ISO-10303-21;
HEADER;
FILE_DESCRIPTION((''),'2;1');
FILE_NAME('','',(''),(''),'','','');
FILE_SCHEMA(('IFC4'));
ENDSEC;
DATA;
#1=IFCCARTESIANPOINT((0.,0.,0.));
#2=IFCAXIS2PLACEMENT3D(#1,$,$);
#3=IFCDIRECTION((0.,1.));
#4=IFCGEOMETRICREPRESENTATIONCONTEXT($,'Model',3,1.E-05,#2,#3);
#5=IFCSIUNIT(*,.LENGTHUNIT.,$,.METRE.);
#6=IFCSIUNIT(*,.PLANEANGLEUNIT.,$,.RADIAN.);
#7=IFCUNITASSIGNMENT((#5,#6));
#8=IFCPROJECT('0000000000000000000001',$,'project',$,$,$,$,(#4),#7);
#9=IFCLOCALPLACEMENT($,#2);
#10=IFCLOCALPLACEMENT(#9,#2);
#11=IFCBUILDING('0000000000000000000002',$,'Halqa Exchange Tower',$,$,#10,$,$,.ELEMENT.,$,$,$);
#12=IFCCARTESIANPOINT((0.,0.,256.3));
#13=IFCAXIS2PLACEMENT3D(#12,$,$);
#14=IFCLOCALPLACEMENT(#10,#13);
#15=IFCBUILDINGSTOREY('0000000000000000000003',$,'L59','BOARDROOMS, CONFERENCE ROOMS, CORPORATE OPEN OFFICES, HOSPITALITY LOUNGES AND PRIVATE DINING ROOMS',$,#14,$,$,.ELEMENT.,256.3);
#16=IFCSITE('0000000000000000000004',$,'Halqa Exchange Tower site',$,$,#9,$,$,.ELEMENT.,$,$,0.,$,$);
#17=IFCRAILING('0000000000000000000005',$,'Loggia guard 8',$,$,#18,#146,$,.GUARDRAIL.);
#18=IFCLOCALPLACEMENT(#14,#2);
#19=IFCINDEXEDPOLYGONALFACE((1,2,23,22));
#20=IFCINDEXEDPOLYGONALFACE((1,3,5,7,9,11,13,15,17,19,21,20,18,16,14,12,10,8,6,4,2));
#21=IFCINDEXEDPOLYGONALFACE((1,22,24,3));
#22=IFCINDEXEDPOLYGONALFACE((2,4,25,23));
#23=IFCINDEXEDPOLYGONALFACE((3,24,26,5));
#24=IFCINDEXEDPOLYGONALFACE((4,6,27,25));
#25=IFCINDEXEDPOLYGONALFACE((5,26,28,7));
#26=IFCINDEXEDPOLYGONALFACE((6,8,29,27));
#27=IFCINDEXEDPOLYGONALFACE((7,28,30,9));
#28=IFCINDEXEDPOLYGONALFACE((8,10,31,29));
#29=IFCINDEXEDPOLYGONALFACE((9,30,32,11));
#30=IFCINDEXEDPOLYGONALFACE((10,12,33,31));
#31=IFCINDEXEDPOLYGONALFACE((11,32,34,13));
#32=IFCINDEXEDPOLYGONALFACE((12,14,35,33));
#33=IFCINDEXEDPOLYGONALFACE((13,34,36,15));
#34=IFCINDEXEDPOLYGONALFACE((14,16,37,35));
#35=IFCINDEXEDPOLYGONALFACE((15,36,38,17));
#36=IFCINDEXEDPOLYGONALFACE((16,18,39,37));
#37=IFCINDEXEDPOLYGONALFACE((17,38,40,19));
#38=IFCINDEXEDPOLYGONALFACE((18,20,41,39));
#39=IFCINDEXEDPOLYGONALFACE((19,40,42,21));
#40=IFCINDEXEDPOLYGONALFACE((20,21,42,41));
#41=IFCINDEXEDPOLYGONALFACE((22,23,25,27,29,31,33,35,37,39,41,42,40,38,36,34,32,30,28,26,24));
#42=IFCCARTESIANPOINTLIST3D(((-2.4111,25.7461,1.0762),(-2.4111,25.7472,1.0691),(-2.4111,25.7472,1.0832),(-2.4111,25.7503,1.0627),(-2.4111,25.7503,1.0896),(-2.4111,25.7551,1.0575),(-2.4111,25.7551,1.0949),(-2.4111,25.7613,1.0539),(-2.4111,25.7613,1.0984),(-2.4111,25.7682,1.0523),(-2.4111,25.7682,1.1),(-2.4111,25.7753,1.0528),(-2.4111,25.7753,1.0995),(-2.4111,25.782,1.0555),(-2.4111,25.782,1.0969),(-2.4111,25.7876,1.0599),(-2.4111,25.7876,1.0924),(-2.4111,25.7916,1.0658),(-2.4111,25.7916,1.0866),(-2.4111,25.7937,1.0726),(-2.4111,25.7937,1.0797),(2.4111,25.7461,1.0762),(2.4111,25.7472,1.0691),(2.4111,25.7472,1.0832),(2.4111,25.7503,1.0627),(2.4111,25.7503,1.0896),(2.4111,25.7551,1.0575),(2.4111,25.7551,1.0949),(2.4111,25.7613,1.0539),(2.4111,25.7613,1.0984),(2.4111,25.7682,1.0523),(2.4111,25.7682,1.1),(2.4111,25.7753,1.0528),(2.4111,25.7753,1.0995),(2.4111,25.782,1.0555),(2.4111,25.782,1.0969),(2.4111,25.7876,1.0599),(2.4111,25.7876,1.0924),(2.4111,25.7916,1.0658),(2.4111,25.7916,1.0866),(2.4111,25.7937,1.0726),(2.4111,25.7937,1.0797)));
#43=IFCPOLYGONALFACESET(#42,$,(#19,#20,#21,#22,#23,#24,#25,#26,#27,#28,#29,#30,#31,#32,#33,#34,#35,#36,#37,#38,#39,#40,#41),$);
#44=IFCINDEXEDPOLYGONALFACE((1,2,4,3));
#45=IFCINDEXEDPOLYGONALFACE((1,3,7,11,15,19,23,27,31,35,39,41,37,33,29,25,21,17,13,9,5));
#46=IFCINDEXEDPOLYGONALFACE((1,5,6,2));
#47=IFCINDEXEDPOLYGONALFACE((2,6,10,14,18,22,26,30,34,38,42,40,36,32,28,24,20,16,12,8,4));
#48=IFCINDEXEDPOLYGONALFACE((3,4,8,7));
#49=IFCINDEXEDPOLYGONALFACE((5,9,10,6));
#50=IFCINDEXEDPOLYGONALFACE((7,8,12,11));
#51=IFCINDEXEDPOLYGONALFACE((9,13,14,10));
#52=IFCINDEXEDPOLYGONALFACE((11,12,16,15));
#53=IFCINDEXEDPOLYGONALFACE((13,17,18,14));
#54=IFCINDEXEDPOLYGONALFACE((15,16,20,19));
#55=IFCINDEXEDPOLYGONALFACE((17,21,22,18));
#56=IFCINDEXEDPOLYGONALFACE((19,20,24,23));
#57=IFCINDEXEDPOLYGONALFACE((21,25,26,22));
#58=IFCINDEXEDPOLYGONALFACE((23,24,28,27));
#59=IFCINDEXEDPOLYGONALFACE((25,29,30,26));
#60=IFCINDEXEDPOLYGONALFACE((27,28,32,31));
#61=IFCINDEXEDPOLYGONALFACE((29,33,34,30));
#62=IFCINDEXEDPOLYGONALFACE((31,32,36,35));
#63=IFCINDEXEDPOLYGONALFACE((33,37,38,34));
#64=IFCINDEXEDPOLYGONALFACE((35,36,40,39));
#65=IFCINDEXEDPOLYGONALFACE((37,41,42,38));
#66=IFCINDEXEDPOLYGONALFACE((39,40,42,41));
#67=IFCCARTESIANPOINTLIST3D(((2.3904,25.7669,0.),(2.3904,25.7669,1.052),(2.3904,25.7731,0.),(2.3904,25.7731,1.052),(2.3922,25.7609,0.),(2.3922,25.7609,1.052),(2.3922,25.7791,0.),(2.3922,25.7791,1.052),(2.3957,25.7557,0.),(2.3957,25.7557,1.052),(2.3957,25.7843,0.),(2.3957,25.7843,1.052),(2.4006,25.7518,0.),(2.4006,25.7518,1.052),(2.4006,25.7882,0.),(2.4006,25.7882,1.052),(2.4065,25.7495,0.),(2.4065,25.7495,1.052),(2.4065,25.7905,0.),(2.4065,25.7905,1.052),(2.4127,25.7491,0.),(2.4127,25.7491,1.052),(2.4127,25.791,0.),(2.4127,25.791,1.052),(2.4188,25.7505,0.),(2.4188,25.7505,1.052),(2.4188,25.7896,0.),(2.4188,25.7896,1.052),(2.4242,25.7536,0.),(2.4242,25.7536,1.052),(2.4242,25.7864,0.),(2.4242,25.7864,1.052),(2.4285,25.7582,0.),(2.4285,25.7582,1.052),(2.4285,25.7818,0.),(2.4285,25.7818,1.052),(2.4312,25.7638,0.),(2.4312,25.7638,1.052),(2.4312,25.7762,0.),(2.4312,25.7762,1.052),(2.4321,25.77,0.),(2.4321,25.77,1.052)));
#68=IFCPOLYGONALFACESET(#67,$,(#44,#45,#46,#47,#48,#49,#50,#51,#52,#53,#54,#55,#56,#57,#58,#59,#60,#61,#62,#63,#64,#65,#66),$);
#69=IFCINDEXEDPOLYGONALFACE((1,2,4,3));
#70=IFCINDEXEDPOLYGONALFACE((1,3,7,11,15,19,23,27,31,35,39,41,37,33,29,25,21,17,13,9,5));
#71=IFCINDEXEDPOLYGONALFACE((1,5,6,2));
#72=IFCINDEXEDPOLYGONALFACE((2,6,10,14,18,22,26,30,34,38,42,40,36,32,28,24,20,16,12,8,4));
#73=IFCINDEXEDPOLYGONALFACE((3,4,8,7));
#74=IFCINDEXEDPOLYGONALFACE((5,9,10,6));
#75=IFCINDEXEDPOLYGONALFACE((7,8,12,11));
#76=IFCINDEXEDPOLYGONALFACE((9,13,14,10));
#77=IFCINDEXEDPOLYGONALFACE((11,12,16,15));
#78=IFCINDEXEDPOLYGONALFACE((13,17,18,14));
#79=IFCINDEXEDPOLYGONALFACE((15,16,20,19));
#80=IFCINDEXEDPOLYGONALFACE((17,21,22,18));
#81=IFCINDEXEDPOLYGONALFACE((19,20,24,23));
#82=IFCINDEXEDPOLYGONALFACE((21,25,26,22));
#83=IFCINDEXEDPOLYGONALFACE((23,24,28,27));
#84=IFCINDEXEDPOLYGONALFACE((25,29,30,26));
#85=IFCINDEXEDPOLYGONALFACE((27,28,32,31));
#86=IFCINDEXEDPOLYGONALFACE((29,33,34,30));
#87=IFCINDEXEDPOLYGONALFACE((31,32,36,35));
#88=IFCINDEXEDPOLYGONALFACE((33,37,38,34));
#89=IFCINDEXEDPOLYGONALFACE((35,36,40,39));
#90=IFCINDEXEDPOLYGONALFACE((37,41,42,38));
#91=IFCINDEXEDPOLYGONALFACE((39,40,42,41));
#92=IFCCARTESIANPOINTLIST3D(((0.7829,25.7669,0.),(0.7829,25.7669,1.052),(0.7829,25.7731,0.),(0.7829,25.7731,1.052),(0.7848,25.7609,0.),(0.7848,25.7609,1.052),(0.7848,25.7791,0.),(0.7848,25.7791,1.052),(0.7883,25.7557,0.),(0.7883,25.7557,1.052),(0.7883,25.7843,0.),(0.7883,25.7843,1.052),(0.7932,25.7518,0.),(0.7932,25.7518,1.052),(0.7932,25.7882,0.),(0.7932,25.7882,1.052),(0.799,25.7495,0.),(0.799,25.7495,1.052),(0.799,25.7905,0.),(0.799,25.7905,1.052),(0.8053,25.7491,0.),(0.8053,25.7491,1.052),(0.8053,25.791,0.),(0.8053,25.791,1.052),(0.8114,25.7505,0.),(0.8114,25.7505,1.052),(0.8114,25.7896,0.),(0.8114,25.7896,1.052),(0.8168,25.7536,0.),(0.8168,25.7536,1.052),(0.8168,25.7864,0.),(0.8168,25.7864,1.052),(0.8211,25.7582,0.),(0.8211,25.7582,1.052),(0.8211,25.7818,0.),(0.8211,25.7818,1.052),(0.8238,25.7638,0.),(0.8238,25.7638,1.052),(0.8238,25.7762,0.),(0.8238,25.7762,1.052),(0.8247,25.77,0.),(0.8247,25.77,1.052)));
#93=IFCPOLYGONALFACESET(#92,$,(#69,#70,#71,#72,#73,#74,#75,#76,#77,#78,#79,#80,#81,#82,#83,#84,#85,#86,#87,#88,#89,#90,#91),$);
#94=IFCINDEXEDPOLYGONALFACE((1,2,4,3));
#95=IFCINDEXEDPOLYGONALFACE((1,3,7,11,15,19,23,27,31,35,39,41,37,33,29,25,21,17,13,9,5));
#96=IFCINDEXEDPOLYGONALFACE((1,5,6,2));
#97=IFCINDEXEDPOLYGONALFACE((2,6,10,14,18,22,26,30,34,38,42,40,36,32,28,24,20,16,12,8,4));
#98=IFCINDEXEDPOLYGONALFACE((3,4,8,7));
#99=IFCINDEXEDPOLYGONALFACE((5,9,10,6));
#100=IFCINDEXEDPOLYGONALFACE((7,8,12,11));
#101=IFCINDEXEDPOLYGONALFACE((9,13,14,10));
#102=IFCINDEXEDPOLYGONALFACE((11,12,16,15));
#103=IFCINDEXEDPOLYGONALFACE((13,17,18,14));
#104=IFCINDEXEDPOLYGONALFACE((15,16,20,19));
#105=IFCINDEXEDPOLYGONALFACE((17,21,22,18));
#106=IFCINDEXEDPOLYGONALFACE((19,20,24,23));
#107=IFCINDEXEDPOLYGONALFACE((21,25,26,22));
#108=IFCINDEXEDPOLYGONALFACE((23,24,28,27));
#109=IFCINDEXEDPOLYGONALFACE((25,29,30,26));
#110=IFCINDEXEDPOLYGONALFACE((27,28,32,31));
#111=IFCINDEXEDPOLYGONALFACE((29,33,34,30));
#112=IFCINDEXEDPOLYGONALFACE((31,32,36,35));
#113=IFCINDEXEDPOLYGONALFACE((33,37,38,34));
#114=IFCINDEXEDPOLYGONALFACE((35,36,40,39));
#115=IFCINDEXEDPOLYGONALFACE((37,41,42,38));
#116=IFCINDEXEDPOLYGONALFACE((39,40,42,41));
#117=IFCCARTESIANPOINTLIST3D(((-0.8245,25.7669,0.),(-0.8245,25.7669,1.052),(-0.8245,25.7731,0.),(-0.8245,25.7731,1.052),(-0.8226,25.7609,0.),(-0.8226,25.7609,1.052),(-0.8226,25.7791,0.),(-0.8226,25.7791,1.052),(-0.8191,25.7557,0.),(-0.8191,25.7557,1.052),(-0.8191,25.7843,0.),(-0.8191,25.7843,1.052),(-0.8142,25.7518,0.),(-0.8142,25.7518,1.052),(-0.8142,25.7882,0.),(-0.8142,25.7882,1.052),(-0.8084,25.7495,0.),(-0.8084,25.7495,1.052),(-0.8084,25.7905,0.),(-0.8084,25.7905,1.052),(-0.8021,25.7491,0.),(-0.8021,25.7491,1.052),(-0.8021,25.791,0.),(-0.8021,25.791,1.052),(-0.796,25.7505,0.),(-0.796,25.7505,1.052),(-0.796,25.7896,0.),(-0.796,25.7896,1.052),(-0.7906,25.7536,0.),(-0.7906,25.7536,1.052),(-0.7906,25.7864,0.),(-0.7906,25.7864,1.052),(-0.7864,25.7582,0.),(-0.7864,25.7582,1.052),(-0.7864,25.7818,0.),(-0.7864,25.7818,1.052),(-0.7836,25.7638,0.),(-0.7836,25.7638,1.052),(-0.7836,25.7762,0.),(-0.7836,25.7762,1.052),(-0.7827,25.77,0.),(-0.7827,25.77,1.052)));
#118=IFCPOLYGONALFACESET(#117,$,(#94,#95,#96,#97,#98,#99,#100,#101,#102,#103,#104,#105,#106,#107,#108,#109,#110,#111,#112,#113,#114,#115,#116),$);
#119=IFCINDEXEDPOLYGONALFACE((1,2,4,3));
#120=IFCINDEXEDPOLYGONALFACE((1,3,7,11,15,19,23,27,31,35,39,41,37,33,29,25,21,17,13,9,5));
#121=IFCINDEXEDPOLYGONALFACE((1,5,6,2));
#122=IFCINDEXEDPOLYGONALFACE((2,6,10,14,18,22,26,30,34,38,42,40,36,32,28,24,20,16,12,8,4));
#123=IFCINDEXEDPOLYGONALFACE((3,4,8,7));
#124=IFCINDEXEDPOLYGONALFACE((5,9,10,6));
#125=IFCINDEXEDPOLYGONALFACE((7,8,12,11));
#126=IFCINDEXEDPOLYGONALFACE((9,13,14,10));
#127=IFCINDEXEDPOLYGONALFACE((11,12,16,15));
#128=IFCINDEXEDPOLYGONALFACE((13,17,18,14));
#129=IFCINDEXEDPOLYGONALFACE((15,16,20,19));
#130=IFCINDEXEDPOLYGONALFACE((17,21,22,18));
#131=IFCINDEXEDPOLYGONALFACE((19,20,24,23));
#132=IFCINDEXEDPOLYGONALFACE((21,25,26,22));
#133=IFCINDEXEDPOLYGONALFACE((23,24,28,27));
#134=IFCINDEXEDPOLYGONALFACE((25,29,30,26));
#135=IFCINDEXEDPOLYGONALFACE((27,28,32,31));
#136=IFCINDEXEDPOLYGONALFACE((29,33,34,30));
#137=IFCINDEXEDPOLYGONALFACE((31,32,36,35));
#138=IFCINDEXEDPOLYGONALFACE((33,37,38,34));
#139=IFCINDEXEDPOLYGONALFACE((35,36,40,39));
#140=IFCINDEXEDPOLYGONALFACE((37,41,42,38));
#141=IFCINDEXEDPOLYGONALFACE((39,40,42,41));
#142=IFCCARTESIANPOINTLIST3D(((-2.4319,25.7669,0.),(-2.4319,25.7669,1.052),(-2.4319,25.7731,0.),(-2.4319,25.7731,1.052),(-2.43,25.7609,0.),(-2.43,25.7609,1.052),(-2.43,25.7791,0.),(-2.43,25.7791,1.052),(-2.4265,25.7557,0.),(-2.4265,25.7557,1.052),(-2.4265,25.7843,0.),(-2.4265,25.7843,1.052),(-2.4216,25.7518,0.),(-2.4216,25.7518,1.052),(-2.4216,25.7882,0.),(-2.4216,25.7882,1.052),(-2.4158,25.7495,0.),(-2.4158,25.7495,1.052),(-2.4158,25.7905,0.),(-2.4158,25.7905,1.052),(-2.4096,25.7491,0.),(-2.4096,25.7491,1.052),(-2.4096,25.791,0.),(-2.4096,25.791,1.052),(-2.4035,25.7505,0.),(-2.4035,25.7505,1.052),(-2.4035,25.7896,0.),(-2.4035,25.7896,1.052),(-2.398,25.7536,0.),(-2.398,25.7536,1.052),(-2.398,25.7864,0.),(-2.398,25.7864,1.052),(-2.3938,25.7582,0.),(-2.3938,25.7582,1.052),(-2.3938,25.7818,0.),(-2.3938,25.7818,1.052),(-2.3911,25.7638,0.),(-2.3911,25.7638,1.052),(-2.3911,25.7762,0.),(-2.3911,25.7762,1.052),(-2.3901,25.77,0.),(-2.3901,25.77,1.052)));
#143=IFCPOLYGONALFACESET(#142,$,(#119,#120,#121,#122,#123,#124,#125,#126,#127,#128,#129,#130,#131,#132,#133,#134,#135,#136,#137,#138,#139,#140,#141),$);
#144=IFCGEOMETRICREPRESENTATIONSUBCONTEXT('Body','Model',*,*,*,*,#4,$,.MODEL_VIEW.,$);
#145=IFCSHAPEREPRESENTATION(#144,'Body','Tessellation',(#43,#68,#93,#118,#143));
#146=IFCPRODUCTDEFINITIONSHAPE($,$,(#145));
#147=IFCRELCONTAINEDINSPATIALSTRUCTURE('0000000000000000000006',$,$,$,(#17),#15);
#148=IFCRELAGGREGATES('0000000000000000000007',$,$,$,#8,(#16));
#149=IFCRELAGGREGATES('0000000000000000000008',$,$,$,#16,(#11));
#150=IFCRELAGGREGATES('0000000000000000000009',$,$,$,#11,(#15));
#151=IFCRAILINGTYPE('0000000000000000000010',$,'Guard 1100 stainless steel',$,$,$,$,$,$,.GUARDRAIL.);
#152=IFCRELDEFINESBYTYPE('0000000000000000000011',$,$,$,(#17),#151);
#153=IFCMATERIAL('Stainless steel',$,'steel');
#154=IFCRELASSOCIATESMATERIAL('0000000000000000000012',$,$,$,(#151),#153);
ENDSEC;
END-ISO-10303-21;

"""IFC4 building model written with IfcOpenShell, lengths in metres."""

from ifc_helpers import new_model, si_unit, direction, frame, origin, origin_2d, place, context, subcontext, project, spatial, circle, extrude, material, type_object, element, save


model = new_model("IFC4")

# Units and contexts
model_context = context("Model", 3, precision=1e-05, world=origin(), true_north=direction((0.0, 1.0)))
body_context = subcontext(model_context, "Body", "Model", "MODEL_VIEW")
ifc_project = project(units=[si_unit("LENGTHUNIT", "METRE"), si_unit("PLANEANGLEUNIT", "RADIAN")], contexts=[model_context])

# Site, building, storey
site_placement = place(None, origin())
site = spatial("IfcSite", under=ifc_project, at=site_placement, Name="Halqa Exchange Tower site", CompositionType="ELEMENT", RefElevation=0.0)
building_placement = place(site_placement, origin())
building = spatial("IfcBuilding", under=site, at=building_placement, Name="Halqa Exchange Tower", CompositionType="ELEMENT")
storey_placement = place(building_placement, frame((0.0, 0.0, 256.3)))
storey = spatial("IfcBuildingStorey", under=building, at=storey_placement, Name="L59", Description="BOARDROOMS, CONFERENCE ROOMS, CORPORATE OPEN OFFICES, HOSPITALITY LOUNGES AND PRIVATE DINING ROOMS", CompositionType="ELEMENT", Elevation=256.3)

# Railing
ifc_material_1 = material(Name="Stainless steel", Category="steel")
railing_type_1 = type_object("IfcRailingType", Name="Guard 1100 stainless steel", PredefinedType="GUARDRAIL", material=ifc_material_1)
railing_1_placement = place(storey_placement, frame((2.4111, 25.77, 0.0)))
element("IfcRailing", 1, at=railing_1_placement, inside=storey, type_object=railing_type_1, Name="Loggia guard 8", PredefinedType="GUARDRAIL", context=body_context, shape_type="SweptSolid", body=[
    extrude(circle(Radius=0.0239, at=origin_2d()), frame((0.0, 0.0, 1.0762), z_axis=(-1.0, 0.0, 0.0), x_axis=(0.0, -1.0, 0.0)), (0.0, 0.0, 1.0), 4.8223),
    extrude(circle(Radius=0.021, at=origin_2d()), origin(), (0.0, 0.0, 1.0), 1.052),
    extrude(circle(Radius=0.021, at=origin_2d()), frame((-1.6074, 0.0, 0.0)), (0.0, 0.0, 1.0), 1.052),
    extrude(circle(Radius=0.021, at=origin_2d()), frame((-3.2148, 0.0, 0.0)), (0.0, 0.0, 1.0), 1.052),
    extrude(circle(Radius=0.021, at=origin_2d()), frame((-4.8223, 0.0, 0.0)), (0.0, 0.0, 1.0), 1.052),
])

save(model, "model.ifc")
